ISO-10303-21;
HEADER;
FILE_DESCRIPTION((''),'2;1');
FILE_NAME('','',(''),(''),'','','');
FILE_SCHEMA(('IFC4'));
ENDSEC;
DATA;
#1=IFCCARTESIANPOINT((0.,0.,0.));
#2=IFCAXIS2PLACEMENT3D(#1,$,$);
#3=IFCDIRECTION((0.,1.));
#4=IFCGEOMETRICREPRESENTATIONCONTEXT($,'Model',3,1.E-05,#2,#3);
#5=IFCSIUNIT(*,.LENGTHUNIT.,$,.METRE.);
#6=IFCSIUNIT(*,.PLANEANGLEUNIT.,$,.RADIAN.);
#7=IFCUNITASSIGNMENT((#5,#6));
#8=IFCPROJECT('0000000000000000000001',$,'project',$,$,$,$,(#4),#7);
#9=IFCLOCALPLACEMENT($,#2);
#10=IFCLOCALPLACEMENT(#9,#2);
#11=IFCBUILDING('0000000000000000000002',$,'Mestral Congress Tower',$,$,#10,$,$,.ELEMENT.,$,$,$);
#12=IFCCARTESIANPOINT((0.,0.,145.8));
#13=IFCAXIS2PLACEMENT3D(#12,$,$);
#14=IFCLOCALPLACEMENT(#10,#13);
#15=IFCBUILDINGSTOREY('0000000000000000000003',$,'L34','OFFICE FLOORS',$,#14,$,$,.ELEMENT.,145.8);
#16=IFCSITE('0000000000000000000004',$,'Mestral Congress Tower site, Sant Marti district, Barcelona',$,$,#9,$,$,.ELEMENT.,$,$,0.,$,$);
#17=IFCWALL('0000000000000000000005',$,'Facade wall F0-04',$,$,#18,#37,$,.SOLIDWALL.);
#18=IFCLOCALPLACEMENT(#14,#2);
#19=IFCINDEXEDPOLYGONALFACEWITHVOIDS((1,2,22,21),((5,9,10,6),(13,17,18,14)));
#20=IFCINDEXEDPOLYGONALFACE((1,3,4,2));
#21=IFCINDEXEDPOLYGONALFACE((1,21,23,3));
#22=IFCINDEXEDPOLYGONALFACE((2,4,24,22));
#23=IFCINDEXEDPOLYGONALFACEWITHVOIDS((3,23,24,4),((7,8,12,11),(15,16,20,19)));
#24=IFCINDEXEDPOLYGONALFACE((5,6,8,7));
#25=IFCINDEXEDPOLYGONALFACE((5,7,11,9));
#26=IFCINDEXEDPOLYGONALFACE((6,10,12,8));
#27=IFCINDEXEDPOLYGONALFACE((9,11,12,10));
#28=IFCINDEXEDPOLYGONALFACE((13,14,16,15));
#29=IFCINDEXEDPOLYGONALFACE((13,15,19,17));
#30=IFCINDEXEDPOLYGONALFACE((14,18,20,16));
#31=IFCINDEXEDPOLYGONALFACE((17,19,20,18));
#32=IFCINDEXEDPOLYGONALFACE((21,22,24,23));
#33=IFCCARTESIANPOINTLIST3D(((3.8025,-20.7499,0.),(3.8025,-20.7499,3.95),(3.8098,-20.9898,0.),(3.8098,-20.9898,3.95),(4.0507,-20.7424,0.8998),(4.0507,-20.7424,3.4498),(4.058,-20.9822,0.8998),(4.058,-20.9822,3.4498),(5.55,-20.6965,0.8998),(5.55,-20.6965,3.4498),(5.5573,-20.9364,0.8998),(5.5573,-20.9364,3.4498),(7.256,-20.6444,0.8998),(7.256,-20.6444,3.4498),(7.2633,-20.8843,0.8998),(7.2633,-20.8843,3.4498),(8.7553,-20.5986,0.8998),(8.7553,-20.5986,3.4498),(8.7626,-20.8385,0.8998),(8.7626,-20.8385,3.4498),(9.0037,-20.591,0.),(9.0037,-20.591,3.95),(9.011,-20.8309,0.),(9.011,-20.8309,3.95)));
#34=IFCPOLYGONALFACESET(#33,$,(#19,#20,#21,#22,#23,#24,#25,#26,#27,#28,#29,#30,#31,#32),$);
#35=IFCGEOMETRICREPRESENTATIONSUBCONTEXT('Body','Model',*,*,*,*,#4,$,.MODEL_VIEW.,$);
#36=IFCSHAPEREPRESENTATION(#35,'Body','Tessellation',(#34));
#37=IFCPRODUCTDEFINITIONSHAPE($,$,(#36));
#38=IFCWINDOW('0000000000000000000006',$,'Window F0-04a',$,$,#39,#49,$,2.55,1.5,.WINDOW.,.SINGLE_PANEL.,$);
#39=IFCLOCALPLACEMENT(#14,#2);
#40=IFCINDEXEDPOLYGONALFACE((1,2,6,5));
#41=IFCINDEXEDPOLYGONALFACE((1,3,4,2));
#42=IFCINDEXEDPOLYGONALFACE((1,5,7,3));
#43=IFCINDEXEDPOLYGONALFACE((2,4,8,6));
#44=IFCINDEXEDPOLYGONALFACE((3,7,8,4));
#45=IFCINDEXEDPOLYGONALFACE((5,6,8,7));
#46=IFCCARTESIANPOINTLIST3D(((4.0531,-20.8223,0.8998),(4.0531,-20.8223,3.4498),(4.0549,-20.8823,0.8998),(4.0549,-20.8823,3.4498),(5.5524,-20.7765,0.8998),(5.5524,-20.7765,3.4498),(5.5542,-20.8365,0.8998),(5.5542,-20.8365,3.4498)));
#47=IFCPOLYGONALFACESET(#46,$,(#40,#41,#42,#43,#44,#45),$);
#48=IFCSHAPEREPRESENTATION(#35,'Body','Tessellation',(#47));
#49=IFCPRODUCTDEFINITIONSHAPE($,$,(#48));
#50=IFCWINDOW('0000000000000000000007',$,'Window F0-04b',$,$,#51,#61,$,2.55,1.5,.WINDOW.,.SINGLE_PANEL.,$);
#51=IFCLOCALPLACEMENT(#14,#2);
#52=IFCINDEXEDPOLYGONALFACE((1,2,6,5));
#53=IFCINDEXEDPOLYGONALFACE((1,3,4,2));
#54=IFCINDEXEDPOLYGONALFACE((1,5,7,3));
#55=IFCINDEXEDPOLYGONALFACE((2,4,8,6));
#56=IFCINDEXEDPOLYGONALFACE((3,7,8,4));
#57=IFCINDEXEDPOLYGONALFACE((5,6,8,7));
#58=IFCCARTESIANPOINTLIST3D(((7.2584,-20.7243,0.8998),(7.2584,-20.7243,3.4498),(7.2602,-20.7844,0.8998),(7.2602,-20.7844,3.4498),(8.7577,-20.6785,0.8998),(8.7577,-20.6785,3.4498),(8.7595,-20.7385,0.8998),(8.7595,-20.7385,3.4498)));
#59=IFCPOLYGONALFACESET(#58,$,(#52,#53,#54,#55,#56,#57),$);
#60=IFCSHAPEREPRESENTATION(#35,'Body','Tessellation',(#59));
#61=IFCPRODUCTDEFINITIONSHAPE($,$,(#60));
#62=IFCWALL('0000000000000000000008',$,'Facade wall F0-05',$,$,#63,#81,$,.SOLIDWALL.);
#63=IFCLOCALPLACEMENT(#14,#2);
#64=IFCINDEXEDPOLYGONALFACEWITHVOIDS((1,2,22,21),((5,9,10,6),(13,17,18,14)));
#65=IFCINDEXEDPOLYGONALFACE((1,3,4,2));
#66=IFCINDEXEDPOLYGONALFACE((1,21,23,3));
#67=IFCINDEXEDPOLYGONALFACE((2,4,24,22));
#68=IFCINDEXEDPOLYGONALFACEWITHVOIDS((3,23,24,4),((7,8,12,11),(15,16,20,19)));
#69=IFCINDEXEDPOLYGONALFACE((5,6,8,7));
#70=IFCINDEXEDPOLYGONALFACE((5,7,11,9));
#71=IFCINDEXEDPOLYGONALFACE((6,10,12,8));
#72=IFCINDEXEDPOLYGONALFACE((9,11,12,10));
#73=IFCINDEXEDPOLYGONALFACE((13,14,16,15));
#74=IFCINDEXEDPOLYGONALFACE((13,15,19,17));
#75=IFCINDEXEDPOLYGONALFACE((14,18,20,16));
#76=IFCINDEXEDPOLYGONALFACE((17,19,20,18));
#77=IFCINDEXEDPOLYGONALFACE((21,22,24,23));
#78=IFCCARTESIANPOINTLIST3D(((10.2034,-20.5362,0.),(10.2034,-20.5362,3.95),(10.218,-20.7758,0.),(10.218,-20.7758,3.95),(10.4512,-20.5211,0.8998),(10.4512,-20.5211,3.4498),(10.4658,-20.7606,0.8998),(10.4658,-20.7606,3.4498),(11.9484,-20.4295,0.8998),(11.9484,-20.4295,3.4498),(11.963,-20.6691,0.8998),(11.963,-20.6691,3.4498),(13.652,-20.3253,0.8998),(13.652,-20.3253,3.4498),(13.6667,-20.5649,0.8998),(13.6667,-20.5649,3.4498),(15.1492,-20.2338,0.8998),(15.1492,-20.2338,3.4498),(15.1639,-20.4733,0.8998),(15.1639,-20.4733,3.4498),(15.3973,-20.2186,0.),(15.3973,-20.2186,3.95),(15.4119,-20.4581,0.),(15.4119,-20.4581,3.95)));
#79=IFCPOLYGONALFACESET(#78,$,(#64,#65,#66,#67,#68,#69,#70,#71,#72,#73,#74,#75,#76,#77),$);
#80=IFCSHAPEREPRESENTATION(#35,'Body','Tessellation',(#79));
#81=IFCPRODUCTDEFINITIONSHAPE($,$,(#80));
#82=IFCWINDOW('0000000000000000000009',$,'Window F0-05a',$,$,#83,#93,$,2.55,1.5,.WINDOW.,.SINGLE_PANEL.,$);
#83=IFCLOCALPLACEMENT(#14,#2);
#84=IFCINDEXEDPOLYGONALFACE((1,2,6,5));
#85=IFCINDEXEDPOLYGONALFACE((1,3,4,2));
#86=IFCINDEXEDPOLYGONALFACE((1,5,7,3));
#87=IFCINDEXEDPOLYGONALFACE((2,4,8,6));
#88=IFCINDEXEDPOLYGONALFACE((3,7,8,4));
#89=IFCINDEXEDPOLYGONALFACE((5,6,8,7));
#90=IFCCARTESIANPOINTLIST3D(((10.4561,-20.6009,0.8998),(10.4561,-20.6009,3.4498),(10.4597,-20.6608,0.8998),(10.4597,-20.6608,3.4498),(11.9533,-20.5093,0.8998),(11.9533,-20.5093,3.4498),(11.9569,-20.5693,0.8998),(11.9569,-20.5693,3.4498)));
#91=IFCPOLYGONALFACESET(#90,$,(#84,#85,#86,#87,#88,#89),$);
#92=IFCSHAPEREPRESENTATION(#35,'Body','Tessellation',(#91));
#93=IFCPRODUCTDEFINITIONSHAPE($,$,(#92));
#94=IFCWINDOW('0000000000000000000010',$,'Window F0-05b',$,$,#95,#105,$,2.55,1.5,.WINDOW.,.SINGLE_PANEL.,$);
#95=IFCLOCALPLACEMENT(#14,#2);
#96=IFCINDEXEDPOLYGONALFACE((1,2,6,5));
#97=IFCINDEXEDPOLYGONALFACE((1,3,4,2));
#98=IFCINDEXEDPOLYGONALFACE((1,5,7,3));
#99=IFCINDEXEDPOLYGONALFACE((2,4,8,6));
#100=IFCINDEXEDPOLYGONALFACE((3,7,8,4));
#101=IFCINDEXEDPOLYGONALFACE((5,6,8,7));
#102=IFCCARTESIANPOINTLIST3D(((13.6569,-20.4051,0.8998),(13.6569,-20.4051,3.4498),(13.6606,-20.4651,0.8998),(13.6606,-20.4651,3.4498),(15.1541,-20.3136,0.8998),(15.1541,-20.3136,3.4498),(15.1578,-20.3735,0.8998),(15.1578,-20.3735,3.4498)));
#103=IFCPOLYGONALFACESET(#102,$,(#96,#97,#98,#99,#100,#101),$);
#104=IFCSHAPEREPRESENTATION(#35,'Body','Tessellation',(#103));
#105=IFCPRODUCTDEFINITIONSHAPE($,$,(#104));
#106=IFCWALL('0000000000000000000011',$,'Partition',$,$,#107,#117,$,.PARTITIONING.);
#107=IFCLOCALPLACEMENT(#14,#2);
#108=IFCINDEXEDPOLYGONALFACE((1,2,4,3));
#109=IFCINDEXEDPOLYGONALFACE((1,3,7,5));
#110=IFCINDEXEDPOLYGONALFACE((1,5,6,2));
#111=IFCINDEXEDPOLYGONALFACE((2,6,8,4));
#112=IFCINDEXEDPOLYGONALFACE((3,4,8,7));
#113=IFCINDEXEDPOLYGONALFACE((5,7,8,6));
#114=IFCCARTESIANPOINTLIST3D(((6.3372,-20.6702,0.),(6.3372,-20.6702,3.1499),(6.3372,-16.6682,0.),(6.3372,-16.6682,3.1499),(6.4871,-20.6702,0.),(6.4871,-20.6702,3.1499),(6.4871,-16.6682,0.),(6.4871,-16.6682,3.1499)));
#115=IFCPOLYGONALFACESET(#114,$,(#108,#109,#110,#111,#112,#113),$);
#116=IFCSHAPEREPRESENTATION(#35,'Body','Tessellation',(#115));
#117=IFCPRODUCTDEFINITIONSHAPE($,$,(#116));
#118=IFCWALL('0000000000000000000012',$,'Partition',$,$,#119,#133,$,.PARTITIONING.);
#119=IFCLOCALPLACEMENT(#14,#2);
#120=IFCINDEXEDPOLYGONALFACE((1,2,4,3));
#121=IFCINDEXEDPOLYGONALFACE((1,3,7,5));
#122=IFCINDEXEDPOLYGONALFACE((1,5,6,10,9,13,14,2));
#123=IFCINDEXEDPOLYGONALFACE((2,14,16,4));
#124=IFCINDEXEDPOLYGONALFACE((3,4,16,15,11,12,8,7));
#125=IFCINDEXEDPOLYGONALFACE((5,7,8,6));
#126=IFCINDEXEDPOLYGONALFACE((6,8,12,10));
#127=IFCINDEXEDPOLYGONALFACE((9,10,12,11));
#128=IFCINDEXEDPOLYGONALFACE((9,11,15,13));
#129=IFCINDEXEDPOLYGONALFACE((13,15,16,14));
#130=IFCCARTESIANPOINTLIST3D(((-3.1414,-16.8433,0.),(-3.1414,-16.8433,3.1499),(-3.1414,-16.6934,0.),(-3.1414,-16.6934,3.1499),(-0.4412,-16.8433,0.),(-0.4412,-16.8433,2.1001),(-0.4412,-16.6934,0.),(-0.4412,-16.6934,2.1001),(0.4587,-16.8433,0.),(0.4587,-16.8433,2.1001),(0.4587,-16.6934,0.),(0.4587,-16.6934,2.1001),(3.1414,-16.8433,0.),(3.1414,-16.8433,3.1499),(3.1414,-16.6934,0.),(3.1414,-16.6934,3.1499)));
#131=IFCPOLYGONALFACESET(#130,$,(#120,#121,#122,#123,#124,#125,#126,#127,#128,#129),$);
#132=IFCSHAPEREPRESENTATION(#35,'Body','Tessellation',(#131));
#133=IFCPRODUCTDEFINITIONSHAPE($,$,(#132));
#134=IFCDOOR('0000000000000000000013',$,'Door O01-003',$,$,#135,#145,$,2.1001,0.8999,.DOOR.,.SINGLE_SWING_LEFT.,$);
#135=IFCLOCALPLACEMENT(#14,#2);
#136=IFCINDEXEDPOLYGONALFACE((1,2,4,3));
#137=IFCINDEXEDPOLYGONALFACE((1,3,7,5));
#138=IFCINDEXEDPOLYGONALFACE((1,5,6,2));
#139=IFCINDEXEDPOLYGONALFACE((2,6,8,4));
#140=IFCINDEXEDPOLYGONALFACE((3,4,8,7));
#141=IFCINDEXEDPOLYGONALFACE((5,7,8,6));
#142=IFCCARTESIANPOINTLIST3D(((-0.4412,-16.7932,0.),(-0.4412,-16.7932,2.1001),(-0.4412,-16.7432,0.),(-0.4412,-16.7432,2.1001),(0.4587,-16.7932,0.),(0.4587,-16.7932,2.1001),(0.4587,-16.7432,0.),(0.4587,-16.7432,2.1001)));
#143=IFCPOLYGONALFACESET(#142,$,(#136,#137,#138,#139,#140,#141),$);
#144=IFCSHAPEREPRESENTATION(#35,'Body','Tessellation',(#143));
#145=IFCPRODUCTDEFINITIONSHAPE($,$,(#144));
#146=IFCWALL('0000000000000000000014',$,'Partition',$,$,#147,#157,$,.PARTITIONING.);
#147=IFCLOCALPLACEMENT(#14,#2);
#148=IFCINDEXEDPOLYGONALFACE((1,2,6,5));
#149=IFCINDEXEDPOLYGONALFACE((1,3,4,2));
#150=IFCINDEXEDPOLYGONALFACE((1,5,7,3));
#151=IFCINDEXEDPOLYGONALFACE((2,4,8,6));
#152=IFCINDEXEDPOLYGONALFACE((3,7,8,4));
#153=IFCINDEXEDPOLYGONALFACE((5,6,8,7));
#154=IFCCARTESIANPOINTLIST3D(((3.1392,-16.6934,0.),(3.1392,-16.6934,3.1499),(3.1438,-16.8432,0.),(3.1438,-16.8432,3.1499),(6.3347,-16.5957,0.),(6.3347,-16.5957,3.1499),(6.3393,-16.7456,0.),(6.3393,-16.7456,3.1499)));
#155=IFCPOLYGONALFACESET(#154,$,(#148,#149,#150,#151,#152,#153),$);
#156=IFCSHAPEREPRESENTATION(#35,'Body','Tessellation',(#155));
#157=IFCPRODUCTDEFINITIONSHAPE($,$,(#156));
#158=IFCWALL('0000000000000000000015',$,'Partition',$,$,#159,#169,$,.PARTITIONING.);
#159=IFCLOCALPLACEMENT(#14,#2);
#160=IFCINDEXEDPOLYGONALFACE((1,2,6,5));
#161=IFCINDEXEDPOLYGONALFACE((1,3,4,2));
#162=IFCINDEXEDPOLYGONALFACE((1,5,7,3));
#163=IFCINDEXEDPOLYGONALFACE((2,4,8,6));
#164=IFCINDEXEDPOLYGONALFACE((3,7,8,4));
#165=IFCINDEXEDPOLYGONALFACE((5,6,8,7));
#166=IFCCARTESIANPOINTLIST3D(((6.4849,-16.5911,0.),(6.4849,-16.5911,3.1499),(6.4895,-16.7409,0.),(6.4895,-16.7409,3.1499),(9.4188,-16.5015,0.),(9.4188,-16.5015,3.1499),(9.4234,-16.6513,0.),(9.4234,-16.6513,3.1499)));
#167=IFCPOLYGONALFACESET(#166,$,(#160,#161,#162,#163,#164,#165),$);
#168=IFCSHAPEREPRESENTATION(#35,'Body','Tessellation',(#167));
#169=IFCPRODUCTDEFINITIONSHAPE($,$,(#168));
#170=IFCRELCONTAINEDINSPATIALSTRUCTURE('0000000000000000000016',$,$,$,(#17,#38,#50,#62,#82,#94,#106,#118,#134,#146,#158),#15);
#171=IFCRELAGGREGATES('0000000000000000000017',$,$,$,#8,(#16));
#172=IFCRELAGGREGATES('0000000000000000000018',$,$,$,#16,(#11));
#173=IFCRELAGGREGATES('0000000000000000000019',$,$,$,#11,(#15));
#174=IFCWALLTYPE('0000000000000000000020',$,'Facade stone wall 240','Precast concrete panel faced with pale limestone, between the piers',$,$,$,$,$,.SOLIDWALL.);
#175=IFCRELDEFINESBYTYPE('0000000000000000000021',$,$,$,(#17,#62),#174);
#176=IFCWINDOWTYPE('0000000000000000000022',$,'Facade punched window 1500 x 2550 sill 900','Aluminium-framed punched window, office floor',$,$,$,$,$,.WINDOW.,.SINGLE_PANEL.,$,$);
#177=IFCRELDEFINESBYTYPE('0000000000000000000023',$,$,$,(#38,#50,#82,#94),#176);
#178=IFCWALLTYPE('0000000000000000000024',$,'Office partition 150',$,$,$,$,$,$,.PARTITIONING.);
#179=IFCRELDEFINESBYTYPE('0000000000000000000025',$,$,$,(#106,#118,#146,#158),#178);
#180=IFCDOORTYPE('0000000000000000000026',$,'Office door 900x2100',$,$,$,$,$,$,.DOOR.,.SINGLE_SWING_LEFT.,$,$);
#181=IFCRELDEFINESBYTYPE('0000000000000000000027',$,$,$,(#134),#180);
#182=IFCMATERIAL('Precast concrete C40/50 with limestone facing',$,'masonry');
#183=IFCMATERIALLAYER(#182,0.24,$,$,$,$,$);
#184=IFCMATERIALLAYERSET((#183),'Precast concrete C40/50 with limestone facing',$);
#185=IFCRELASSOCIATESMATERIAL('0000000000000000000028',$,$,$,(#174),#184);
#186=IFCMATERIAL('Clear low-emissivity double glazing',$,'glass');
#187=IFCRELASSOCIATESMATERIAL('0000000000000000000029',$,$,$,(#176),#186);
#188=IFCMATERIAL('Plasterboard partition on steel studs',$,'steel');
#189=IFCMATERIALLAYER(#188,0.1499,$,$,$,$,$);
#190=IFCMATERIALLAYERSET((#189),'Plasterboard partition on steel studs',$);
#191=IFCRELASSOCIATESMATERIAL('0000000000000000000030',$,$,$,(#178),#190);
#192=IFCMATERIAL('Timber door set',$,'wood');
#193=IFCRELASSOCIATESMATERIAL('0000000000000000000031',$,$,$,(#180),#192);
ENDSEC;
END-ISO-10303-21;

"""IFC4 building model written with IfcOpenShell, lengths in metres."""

from ifc_helpers import new_model, si_unit, direction, frame, frame_2d, origin, place, context, subcontext, project, spatial, rectangle, extrude, material, layer, layer_set, type_object, element, fill, save


model = new_model("IFC4")

# Units and contexts
model_context = context("Model", 3, precision=1e-05, world=origin(), true_north=direction((0.0, 1.0)))
body_context = subcontext(model_context, "Body", "Model", "MODEL_VIEW")
ifc_project = project(units=[si_unit("LENGTHUNIT", "METRE"), si_unit("PLANEANGLEUNIT", "RADIAN")], contexts=[model_context])

# Site, building, storey
site_placement = place(None, origin())
site = spatial("IfcSite", under=ifc_project, at=site_placement, Name="Mestral Congress Tower site, Sant Marti district, Barcelona", CompositionType="ELEMENT", RefElevation=0.0)
building_placement = place(site_placement, origin())
building = spatial("IfcBuilding", under=site, at=building_placement, Name="Mestral Congress Tower", CompositionType="ELEMENT")
storey_placement = place(building_placement, frame((0.0, 0.0, 145.8)))
storey = spatial("IfcBuildingStorey", under=building, at=storey_placement, Name="L34", Description="OFFICE FLOORS", CompositionType="ELEMENT", Elevation=145.8)

# Walls, openings, windows
ifc_material_1 = material(Name="Precast concrete C40/50 with limestone facing", Category="masonry")
ifc_layer_1 = layer(ifc_material_1, 0.24)
ifc_layer_set_1 = layer_set([ifc_layer_1], Name="Precast concrete C40/50 with limestone facing")
wall_type_1 = type_object("IfcWallType", Name="Facade stone wall 240", Description="Precast concrete panel faced with pale limestone, between the piers", PredefinedType="SOLIDWALL", material=ifc_layer_set_1)
wall_1_placement = place(storey_placement, frame((3.8062, -20.8699, 0.0), z_axis=(0.0, 0.0, 1.0), x_axis=(0.999533, 0.030543, 0.0)))
wall_1 = element("IfcWall", 1, at=wall_1_placement, inside=storey, type_object=wall_type_1, Name="Facade wall F0-04", PredefinedType="SOLIDWALL", context=body_context, shape_type="SweptSolid", body=[
    extrude(rectangle(XDim=5.2036, YDim=0.24, at=frame_2d((2.6018, 0.0))), origin(), (0.0, 0.0, 1.0), 3.95),
])
opening_1_placement = place(wall_1_placement, frame((0.2483, 0.0, 0.8999)))
opening_1 = element("IfcOpeningElement", 2, at=opening_1_placement, cuts=wall_1, PredefinedType="OPENING", context=body_context, shape_type="SweptSolid", body=[
    extrude(rectangle(XDim=1.5, YDim=2.55, at=frame_2d((0.75, 1.2749))), frame((0.0, 0.1299, 0.0), z_axis=(0.0, -1.0, 0.0), x_axis=(1.0, 0.0, 0.0)), (0.0, 0.0, 1.0), 0.26),
])
opening_2_placement = place(wall_1_placement, frame((3.4551, 0.0, 0.8999)))
opening_2 = element("IfcOpeningElement", 3, at=opening_2_placement, cuts=wall_1, PredefinedType="OPENING", context=body_context, shape_type="SweptSolid", body=[
    extrude(rectangle(XDim=1.5, YDim=2.55, at=frame_2d((0.75, 1.2749))), frame((0.0, 0.1299, 0.0), z_axis=(0.0, -1.0, 0.0), x_axis=(1.0, 0.0, 0.0)), (0.0, 0.0, 1.0), 0.26),
])
ifc_material_2 = material(Name="Clear low-emissivity double glazing", Category="glass")
window_type = type_object("IfcWindowType", Name="Facade punched window 1500 x 2550 sill 900", Description="Aluminium-framed punched window, office floor", PartitioningType="SINGLE_PANEL", PredefinedType="WINDOW", material=ifc_material_2)
window_1_placement = place(opening_1_placement, origin())
window_1 = element("IfcWindow", 4, at=window_1_placement, inside=storey, type_object=window_type, Name="Window F0-04a", OverallHeight=2.55, OverallWidth=1.5, PartitioningType="SINGLE_PANEL", PredefinedType="WINDOW", context=body_context, shape_type="SweptSolid", body=[
    extrude(rectangle(XDim=1.5, YDim=2.55, at=frame_2d((0.75, 1.2749))), frame((0.0, 0.04, 0.0), z_axis=(0.0, -1.0, 0.0), x_axis=(1.0, 0.0, 0.0)), (0.0, 0.0, 1.0), 0.0601),
])
fill(opening_1, window_1)
window_2_placement = place(opening_2_placement, origin())
window_2 = element("IfcWindow", 5, at=window_2_placement, inside=storey, type_object=window_type, Name="Window F0-04b", OverallHeight=2.55, OverallWidth=1.5, PartitioningType="SINGLE_PANEL", PredefinedType="WINDOW", context=body_context, shape_type="SweptSolid", body=[
    extrude(rectangle(XDim=1.5, YDim=2.55, at=frame_2d((0.75, 1.2749))), frame((0.0, 0.04, 0.0), z_axis=(0.0, -1.0, 0.0), x_axis=(1.0, 0.0, 0.0)), (0.0, 0.0, 1.0), 0.0601),
])
fill(opening_2, window_2)
wall_2_placement = place(storey_placement, frame((10.2107, -20.656, 0.0), z_axis=(0.0, 0.0, 1.0), x_axis=(0.998135, 0.06104, 0.0)))
wall_2 = element("IfcWall", 6, at=wall_2_placement, inside=storey, type_object=wall_type_1, Name="Facade wall F0-05", PredefinedType="SOLIDWALL", context=body_context, shape_type="SweptSolid", body=[
    extrude(rectangle(XDim=5.2036, YDim=0.24, at=frame_2d((2.6018, 0.0))), origin(), (0.0, 0.0, 1.0), 3.95),
])
opening_3_placement = place(wall_2_placement, frame((0.2483, 0.0, 0.8999)))
opening_3 = element("IfcOpeningElement", 7, at=opening_3_placement, cuts=wall_2, PredefinedType="OPENING", context=body_context, shape_type="SweptSolid", body=[
    extrude(rectangle(XDim=1.5, YDim=2.55, at=frame_2d((0.75, 1.2749))), frame((0.0, 0.1299, 0.0), z_axis=(0.0, -1.0, 0.0), x_axis=(1.0, 0.0, 0.0)), (0.0, 0.0, 1.0), 0.26),
])
opening_4_placement = place(wall_2_placement, frame((3.4551, 0.0, 0.8999)))
opening_4 = element("IfcOpeningElement", 8, at=opening_4_placement, cuts=wall_2, PredefinedType="OPENING", context=body_context, shape_type="SweptSolid", body=[
    extrude(rectangle(XDim=1.5, YDim=2.55, at=frame_2d((0.75, 1.2749))), frame((0.0, 0.1299, 0.0), z_axis=(0.0, -1.0, 0.0), x_axis=(1.0, 0.0, 0.0)), (0.0, 0.0, 1.0), 0.26),
])
window_3_placement = place(opening_3_placement, origin())
window_3 = element("IfcWindow", 9, at=window_3_placement, inside=storey, type_object=window_type, Name="Window F0-05a", OverallHeight=2.55, OverallWidth=1.5, PartitioningType="SINGLE_PANEL", PredefinedType="WINDOW", context=body_context, shape_type="SweptSolid", body=[
    extrude(rectangle(XDim=1.5, YDim=2.55, at=frame_2d((0.75, 1.2749))), frame((0.0, 0.04, 0.0), z_axis=(0.0, -1.0, 0.0), x_axis=(1.0, 0.0, 0.0)), (0.0, 0.0, 1.0), 0.0601),
])
fill(opening_3, window_3)
window_4_placement = place(opening_4_placement, origin())
window_4 = element("IfcWindow", 10, at=window_4_placement, inside=storey, type_object=window_type, Name="Window F0-05b", OverallHeight=2.55, OverallWidth=1.5, PartitioningType="SINGLE_PANEL", PredefinedType="WINDOW", context=body_context, shape_type="SweptSolid", body=[
    extrude(rectangle(XDim=1.5, YDim=2.55, at=frame_2d((0.75, 1.2749))), frame((0.0, 0.04, 0.0), z_axis=(0.0, -1.0, 0.0), x_axis=(1.0, 0.0, 0.0)), (0.0, 0.0, 1.0), 0.0601),
])
fill(opening_4, window_4)

# Wall
ifc_material_3 = material(Name="Plasterboard partition on steel studs", Category="steel")
ifc_layer_2 = layer(ifc_material_3, 0.1499)
ifc_layer_set_2 = layer_set([ifc_layer_2], Name="Plasterboard partition on steel studs")
wall_type_2 = type_object("IfcWallType", Name="Office partition 150", PredefinedType="PARTITIONING", material=ifc_layer_set_2)
wall_3_placement = place(storey_placement, frame((6.4121, -16.6682, 0.0), z_axis=(0.0, 0.0, 1.0), x_axis=(0.0, -1.0, 0.0)))
element("IfcWall", 11, at=wall_3_placement, inside=storey, type_object=wall_type_2, Name="Partition", PredefinedType="PARTITIONING", context=body_context, shape_type="SweptSolid", body=[
    extrude(rectangle(XDim=4.002, YDim=0.1499, at=frame_2d((2.001, 0.0))), origin(), (0.0, 0.0, 1.0), 3.1499),
])

# Wall, opening, door
wall_4_placement = place(storey_placement, frame((3.1414, -16.7683, 0.0), z_axis=(0.0, 0.0, 1.0), x_axis=(-1.0, 0.0, 0.0)))
wall_4 = element("IfcWall", 12, at=wall_4_placement, inside=storey, type_object=wall_type_2, Name="Partition", PredefinedType="PARTITIONING", context=body_context, shape_type="SweptSolid", body=[
    extrude(rectangle(XDim=6.2827, YDim=0.1499, at=frame_2d((3.1414, 0.0))), origin(), (0.0, 0.0, 1.0), 3.1499),
])
opening_5_placement = place(wall_4_placement, frame((2.6826, 0.0, 0.0)))
opening_5 = element("IfcOpeningElement", 13, at=opening_5_placement, cuts=wall_4, PredefinedType="OPENING", context=body_context, shape_type="SweptSolid", body=[
    extrude(rectangle(XDim=0.8999, YDim=2.1001, at=frame_2d((0.45, 1.05))), frame((0.0, 0.085, 0.0), z_axis=(0.0, -1.0, 0.0), x_axis=(1.0, 0.0, 0.0)), (0.0, 0.0, 1.0), 0.1699),
])
ifc_material_4 = material(Name="Timber door set", Category="wood")
door_type_1 = type_object("IfcDoorType", Name="Office door 900x2100", OperationType="SINGLE_SWING_LEFT", PredefinedType="DOOR", material=ifc_material_4)
door_1_placement = place(opening_5_placement, origin())
door_1 = element("IfcDoor", 14, at=door_1_placement, inside=storey, type_object=door_type_1, Name="Door O01-003", OperationType="SINGLE_SWING_LEFT", OverallHeight=2.1001, OverallWidth=0.8999, PredefinedType="DOOR", context=body_context, shape_type="SweptSolid", body=[
    extrude(rectangle(XDim=0.8999, YDim=2.1001, at=frame_2d((0.45, 1.05))), frame((0.0, 0.0249, 0.0), z_axis=(0.0, -1.0, 0.0), x_axis=(1.0, 0.0, 0.0)), (0.0, 0.0, 1.0), 0.05),
])
fill(opening_5, door_1)

# Walls
wall_5_placement = place(storey_placement, frame((3.1414, -16.7683, 0.0), z_axis=(0.0, 0.0, 1.0), x_axis=(0.999533, 0.030546, 0.0)))
element("IfcWall", 15, at=wall_5_placement, inside=storey, type_object=wall_type_2, Name="Partition", PredefinedType="PARTITIONING", context=body_context, shape_type="SweptSolid", body=[
    extrude(rectangle(XDim=3.197, YDim=0.1499, at=frame_2d((1.5986, 0.0))), origin(), (0.0, 0.0, 1.0), 3.1499),
])
wall_6_placement = place(storey_placement, frame((6.4871, -16.666, 0.0), z_axis=(0.0, 0.0, 1.0), x_axis=(0.999534, 0.030526, 0.0)))
element("IfcWall", 16, at=wall_6_placement, inside=storey, type_object=wall_type_2, Name="Partition", PredefinedType="PARTITIONING", context=body_context, shape_type="SweptSolid", body=[
    extrude(rectangle(XDim=2.9353, YDim=0.1499, at=frame_2d((1.4678, 0.0))), origin(), (0.0, 0.0, 1.0), 3.1499),
])

save(model, "model.ifc")
